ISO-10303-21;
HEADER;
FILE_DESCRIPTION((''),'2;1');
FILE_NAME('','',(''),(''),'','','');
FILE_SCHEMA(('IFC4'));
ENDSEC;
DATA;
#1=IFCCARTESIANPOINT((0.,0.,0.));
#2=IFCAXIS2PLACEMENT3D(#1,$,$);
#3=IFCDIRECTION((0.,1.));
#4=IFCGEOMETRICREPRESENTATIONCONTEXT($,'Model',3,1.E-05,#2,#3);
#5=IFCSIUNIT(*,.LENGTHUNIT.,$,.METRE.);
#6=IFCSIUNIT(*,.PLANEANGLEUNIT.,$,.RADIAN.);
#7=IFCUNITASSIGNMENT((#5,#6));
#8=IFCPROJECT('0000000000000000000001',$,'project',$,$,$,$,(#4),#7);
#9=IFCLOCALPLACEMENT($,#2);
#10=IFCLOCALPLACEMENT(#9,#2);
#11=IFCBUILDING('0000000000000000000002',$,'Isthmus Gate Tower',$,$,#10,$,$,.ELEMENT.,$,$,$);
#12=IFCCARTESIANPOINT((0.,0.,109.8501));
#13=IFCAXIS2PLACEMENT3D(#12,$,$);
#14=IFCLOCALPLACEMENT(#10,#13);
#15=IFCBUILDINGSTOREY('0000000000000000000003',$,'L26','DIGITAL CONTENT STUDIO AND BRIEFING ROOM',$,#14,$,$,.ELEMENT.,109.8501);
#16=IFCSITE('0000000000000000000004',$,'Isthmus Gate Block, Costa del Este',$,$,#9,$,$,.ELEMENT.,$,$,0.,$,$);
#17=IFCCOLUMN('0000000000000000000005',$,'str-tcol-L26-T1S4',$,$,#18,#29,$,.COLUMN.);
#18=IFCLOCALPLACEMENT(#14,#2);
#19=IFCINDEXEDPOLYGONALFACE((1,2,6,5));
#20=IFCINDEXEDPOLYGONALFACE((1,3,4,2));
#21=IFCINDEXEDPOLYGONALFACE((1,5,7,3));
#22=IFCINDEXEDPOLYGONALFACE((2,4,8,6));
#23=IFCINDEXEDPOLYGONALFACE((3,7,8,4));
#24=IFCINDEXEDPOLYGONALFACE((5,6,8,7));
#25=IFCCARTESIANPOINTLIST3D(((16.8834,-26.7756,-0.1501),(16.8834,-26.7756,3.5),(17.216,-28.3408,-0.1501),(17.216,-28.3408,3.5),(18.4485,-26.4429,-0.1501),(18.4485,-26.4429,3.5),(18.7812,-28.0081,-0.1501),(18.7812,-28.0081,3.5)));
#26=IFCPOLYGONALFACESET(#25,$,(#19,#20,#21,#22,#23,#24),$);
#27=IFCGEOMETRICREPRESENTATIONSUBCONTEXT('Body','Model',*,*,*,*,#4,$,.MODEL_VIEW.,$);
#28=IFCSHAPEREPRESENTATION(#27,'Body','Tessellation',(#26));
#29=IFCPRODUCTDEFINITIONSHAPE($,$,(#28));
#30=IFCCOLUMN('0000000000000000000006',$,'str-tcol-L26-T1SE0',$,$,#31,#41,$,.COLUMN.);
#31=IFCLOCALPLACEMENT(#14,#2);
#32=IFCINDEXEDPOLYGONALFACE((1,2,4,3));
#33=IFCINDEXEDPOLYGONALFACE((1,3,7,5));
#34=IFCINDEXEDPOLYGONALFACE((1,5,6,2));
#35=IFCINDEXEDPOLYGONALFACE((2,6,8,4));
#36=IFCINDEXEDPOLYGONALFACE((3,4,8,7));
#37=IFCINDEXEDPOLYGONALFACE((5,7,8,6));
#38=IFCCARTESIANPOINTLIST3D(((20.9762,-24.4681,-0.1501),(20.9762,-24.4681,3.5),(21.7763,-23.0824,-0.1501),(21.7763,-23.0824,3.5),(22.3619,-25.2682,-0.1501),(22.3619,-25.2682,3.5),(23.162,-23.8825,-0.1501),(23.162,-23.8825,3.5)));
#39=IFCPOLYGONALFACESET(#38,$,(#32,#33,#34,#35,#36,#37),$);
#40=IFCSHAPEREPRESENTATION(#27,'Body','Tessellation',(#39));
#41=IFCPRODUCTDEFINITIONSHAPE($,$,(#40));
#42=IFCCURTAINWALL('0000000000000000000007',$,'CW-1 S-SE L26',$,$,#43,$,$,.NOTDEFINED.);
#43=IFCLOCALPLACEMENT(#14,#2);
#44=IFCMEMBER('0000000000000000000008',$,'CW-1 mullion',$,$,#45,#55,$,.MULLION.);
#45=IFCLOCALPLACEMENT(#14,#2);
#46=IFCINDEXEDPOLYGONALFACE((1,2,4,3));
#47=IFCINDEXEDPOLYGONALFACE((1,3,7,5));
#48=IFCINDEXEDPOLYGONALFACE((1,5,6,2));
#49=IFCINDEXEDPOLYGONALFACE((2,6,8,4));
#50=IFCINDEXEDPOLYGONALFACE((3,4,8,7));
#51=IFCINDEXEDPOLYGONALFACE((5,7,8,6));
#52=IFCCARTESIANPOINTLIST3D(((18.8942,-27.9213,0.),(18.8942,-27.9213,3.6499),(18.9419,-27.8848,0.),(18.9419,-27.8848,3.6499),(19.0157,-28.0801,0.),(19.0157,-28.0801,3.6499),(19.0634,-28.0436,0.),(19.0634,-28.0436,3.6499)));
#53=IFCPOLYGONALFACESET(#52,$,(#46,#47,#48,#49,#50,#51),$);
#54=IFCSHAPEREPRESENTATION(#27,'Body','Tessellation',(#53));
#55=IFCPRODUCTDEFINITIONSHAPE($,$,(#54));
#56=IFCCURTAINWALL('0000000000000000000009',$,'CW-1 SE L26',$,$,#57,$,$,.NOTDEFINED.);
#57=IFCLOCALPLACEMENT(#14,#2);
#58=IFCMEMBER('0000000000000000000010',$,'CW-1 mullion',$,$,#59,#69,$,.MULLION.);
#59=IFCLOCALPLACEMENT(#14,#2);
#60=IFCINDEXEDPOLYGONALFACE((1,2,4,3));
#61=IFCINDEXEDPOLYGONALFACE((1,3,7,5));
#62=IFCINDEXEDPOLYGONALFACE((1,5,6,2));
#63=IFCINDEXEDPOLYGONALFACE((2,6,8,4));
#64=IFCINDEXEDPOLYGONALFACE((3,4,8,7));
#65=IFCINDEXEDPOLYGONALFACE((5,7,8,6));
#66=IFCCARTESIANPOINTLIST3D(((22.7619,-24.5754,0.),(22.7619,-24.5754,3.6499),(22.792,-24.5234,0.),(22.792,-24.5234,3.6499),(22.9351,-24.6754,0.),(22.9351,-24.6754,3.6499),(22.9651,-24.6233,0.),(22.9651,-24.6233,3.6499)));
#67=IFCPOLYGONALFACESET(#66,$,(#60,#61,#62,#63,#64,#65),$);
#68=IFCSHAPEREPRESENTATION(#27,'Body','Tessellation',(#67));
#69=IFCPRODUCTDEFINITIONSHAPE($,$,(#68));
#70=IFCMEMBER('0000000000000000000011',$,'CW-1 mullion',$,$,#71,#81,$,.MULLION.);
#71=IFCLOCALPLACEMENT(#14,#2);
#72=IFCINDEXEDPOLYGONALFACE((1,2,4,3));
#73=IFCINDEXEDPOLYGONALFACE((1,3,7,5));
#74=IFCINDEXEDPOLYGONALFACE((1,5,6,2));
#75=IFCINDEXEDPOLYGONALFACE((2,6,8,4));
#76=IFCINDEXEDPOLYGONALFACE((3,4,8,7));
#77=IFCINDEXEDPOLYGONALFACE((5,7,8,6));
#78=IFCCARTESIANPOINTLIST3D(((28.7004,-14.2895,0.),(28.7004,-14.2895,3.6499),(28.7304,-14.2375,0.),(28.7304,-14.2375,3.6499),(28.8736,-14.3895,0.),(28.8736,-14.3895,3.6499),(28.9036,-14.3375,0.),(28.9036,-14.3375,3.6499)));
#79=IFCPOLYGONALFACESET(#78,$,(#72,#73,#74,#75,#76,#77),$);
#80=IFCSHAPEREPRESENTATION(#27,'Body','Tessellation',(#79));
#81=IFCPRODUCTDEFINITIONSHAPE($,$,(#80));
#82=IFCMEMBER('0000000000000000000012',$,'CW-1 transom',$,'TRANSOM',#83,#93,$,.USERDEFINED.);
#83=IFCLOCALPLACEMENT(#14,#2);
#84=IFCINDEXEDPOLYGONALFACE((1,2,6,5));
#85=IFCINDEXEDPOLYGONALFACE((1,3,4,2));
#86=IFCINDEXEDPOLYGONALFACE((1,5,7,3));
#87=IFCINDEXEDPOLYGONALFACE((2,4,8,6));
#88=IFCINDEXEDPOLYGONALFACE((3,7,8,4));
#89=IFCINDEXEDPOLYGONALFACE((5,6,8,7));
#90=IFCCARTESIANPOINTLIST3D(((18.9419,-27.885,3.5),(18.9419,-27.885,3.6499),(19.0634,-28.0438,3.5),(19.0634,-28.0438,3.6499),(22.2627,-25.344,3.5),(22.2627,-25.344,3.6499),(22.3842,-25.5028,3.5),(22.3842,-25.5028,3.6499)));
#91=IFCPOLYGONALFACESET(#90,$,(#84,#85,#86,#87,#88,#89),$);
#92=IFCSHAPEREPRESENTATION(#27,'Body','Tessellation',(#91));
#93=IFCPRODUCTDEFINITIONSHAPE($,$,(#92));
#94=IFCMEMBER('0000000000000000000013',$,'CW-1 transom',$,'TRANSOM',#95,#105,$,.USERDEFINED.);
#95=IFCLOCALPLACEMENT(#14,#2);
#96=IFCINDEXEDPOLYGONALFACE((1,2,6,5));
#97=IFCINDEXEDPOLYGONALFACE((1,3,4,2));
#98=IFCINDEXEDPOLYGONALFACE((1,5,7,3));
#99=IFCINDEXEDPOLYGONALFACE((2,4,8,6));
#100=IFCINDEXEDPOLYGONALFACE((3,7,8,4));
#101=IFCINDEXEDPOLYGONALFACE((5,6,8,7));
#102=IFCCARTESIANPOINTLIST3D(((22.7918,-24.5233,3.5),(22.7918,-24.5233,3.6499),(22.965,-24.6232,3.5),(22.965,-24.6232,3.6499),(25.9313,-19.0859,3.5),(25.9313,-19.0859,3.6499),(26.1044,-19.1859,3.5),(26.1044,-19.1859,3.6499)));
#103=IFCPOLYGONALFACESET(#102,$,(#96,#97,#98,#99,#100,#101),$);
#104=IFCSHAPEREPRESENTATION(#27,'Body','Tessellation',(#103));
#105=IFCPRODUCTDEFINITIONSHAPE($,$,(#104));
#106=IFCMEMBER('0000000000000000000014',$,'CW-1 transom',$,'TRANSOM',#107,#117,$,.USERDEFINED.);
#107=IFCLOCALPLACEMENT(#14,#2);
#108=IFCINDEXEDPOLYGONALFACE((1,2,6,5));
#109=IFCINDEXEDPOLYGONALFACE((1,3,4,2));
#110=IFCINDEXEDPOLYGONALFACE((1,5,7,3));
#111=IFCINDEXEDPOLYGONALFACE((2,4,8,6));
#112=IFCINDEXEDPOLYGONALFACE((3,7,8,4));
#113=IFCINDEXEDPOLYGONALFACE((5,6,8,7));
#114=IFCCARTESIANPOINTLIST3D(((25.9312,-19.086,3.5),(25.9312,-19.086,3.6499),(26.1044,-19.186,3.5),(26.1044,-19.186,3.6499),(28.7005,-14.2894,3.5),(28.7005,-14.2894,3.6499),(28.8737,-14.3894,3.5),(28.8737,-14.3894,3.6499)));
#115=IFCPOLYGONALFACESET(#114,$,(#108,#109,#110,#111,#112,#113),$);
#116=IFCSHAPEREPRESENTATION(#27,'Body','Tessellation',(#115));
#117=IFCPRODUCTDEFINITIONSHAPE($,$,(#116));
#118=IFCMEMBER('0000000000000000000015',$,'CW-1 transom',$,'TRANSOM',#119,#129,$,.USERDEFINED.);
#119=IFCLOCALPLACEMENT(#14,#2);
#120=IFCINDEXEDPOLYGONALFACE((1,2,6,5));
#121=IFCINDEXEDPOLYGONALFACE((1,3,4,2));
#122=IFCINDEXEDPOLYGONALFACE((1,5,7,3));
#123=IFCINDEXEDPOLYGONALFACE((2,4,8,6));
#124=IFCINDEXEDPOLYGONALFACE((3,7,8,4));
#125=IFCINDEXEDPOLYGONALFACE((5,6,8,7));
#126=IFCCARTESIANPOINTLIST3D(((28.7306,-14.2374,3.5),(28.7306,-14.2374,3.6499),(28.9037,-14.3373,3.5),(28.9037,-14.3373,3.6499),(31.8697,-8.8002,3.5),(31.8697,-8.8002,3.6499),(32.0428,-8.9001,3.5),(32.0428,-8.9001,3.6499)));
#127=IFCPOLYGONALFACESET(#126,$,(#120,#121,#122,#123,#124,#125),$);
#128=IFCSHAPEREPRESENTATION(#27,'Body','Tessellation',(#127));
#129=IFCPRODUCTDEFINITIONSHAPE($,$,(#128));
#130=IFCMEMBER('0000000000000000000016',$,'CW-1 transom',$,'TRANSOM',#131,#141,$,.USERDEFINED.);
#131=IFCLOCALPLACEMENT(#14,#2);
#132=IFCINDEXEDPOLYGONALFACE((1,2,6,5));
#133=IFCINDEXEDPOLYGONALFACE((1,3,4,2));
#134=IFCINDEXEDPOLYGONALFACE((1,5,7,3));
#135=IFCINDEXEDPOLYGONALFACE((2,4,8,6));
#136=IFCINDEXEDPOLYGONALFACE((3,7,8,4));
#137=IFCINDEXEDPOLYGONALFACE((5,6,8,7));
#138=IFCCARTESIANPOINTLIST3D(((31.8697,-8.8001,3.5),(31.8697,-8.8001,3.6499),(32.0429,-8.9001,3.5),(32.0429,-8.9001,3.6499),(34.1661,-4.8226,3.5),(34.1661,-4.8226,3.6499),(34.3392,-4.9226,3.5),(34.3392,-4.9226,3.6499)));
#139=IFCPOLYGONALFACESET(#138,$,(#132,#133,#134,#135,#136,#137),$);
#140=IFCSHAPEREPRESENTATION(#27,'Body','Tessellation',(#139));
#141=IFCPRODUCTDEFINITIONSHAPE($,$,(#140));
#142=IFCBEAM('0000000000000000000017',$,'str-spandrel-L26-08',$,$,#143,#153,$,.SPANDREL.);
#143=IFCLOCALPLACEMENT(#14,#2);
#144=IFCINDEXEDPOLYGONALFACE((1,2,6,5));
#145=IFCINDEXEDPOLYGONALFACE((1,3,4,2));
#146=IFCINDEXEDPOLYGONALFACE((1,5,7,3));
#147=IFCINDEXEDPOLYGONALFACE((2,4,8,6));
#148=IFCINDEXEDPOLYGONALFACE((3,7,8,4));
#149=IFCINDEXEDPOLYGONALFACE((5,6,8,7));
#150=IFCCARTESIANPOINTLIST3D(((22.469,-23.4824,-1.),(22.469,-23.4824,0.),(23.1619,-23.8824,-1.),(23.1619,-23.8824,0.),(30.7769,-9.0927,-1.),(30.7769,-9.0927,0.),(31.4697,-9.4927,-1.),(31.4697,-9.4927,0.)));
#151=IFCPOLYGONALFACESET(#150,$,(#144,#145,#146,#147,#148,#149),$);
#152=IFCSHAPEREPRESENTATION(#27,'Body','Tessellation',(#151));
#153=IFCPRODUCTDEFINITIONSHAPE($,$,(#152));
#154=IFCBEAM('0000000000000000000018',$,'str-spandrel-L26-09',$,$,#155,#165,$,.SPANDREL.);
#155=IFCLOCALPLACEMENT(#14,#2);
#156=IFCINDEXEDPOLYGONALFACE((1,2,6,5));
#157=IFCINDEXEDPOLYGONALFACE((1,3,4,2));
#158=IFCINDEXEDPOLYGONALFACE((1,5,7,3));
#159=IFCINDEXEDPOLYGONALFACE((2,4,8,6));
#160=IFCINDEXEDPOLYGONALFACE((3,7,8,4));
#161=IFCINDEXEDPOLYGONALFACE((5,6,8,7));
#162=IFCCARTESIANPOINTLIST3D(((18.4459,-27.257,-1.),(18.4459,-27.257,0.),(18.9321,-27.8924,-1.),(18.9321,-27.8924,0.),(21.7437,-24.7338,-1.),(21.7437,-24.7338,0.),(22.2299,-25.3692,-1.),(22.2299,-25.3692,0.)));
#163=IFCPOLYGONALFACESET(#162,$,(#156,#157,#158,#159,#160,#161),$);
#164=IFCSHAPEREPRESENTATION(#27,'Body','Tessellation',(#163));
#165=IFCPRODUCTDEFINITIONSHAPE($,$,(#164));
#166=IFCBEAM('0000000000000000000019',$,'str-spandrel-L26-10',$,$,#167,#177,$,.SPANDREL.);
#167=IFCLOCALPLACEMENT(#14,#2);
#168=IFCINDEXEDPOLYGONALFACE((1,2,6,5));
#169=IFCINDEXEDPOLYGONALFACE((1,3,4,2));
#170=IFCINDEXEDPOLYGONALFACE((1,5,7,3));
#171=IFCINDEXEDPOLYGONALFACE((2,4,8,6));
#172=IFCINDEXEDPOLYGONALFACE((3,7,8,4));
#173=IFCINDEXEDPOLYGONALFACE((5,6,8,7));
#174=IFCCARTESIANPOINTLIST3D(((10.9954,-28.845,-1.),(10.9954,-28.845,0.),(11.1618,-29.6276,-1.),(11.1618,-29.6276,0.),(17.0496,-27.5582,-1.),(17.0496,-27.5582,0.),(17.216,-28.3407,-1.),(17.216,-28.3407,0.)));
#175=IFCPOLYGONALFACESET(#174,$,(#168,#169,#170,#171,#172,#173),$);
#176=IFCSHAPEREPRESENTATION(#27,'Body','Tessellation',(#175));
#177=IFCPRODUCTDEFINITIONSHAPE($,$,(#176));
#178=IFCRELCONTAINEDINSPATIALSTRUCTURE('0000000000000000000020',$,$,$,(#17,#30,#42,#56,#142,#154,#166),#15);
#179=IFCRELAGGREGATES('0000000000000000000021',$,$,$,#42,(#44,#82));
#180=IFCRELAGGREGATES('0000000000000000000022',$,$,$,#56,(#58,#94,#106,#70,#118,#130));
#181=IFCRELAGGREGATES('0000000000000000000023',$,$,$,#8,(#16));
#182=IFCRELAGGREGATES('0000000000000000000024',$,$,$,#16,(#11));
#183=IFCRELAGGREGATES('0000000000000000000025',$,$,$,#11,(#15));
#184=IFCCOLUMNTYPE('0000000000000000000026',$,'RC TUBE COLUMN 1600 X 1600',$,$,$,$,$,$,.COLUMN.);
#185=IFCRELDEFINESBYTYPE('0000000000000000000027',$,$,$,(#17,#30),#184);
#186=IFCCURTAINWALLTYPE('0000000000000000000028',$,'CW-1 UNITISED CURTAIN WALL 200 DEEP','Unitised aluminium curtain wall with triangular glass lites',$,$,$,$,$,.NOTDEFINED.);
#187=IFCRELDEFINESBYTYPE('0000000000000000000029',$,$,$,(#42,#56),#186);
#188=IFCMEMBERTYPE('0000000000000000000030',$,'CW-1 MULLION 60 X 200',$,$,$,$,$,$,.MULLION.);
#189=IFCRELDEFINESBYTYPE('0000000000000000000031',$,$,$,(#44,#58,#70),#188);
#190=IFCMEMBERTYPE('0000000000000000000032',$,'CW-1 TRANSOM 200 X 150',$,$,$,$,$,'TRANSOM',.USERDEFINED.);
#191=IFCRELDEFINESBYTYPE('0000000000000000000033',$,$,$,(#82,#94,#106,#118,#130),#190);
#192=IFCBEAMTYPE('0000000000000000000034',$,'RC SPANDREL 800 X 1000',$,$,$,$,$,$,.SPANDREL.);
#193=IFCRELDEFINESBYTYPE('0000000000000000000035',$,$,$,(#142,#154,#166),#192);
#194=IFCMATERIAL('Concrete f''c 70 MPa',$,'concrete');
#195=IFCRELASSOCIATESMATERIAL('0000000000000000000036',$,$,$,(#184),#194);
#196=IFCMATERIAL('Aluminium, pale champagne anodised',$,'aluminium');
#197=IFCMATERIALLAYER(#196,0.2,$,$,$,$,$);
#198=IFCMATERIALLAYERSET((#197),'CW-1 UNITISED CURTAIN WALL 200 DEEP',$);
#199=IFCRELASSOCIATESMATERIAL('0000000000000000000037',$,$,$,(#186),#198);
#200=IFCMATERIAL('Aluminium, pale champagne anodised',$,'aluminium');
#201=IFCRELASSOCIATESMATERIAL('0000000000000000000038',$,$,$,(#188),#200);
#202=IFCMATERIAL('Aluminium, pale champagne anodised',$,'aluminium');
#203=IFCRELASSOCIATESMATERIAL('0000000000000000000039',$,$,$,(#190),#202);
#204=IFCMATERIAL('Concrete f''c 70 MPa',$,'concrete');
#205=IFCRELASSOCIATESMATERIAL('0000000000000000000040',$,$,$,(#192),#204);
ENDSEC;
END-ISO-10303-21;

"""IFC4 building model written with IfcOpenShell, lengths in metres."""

from ifc_helpers import new_model, si_unit, direction, frame, origin, origin_2d, place, context, subcontext, project, spatial, rectangle, extrude, material, layer, layer_set, material_profile, profile_set, type_object, element, aggregate, save


model = new_model("IFC4")

# Units and contexts
model_context = context("Model", 3, precision=1e-05, world=origin(), true_north=direction((0.0, 1.0)))
body_context = subcontext(model_context, "Body", "Model", "MODEL_VIEW")
ifc_project = project(units=[si_unit("LENGTHUNIT", "METRE"), si_unit("PLANEANGLEUNIT", "RADIAN")], contexts=[model_context])

# Site, building, storey
site_placement = place(None, origin())
site = spatial("IfcSite", under=ifc_project, at=site_placement, Name="Isthmus Gate Block, Costa del Este", CompositionType="ELEMENT", RefElevation=0.0)
building_placement = place(site_placement, origin())
building = spatial("IfcBuilding", under=site, at=building_placement, Name="Isthmus Gate Tower", CompositionType="ELEMENT")
storey_placement = place(building_placement, frame((0.0, 0.0, 109.8501)))
storey = spatial("IfcBuildingStorey", under=building, at=storey_placement, Name="L26", Description="DIGITAL CONTENT STUDIO AND BRIEFING ROOM", CompositionType="ELEMENT", Elevation=109.8501)

# Columns
ifc_material_1 = material(Name="Concrete f'c 70 MPa", Category="concrete")
ifc_material_profile_1 = material_profile(ifc_material_1, rectangle(XDim=1.6001, YDim=1.6001, at=origin_2d()), Name="RC 1600X1600")
ifc_profile_set_1 = profile_set([ifc_material_profile_1], Name="Concrete f'c 70 MPa")
column_type = type_object("IfcColumnType", Name="RC TUBE COLUMN 1600 X 1600", PredefinedType="COLUMN", material=ifc_profile_set_1)
for number, where, z_axis, x_axis, name in (
    (1, (17.8323, -27.3918, -0.1501), (0.0, 0.0, 1.0), (0.978148, 0.207912, 0.0), "str-tcol-L26-T1S4"),
    (2, (22.0691, -24.1753, -0.1501), (0.0, 0.0, 1.0), (0.5, 0.866025, 0.0), "str-tcol-L26-T1SE0"),
):
    element("IfcColumn", number, at=place(storey_placement, frame(where, z_axis=z_axis, x_axis=x_axis)), inside=storey, type_object=column_type, Name=name, PredefinedType="COLUMN", context=body_context, shape_type="SweptSolid", body=[
        extrude(rectangle(XDim=1.6001, YDim=1.6001, at=origin_2d()), origin(), (0.0, 0.0, 1.0), 3.6501),
    ])

# Curtain wall, member
ifc_material_2 = material(Name="Aluminium, pale champagne anodised", Category="aluminium")
ifc_layer_1 = layer(ifc_material_2, 0.2)
ifc_layer_set_1 = layer_set([ifc_layer_1], Name="CW-1 UNITISED CURTAIN WALL 200 DEEP")
curtain_wall_type = type_object("IfcCurtainWallType", Name="CW-1 UNITISED CURTAIN WALL 200 DEEP", Description="Unitised aluminium curtain wall with triangular glass lites", PredefinedType="NOTDEFINED", material=ifc_layer_set_1)
curtain_wall_1_placement = place(storey_placement, origin())
curtain_wall_1 = element("IfcCurtainWall", 3, at=curtain_wall_1_placement, inside=storey, type_object=curtain_wall_type, Name="CW-1 S-SE L26", PredefinedType="NOTDEFINED")
ifc_material_3 = material(Name="Aluminium, pale champagne anodised", Category="aluminium")
ifc_material_profile_2 = material_profile(ifc_material_3, rectangle(XDim=0.0601, YDim=0.2, at=origin_2d()), Name="60x200")
ifc_profile_set_2 = profile_set([ifc_material_profile_2], Name="Aluminium, pale champagne anodised")
member_type_1 = type_object("IfcMemberType", Name="CW-1 MULLION 60 X 200", PredefinedType="MULLION", material=ifc_profile_set_2)
member_1_placement = place(storey_placement, frame((18.9788, -27.9824, 0.0), z_axis=(0.0, 0.0, 1.0), x_axis=(0.794189, 0.607671, 0.0)))
member_1 = element("IfcMember", 4, at=member_1_placement, type_object=member_type_1, Name="CW-1 mullion", PredefinedType="MULLION", context=body_context, shape_type="SweptSolid", body=[
    extrude(rectangle(XDim=0.0601, YDim=0.2, at=origin_2d()), origin(), (0.0, 0.0, 1.0), 3.6499),
])

# Curtain wall, members
curtain_wall_2_placement = place(storey_placement, origin())
curtain_wall_2 = element("IfcCurtainWall", 5, at=curtain_wall_2_placement, inside=storey, type_object=curtain_wall_type, Name="CW-1 SE L26", PredefinedType="NOTDEFINED")
member_2_placement = place(storey_placement, frame((22.8635, -24.5994, 0.0), z_axis=(0.0, 0.0, 1.0), x_axis=(0.5, 0.866025, 0.0)))
member_2 = element("IfcMember", 6, at=member_2_placement, type_object=member_type_1, Name="CW-1 mullion", PredefinedType="MULLION", context=body_context, shape_type="SweptSolid", body=[
    extrude(rectangle(XDim=0.0601, YDim=0.2, at=origin_2d()), origin(), (0.0, 0.0, 1.0), 3.6499),
])
member_3_placement = place(storey_placement, frame((28.802, -14.3135, 0.0), z_axis=(0.0, 0.0, 1.0), x_axis=(0.5, 0.866025, 0.0)))
member_3 = element("IfcMember", 7, at=member_3_placement, type_object=member_type_1, Name="CW-1 mullion", PredefinedType="MULLION", context=body_context, shape_type="SweptSolid", body=[
    extrude(rectangle(XDim=0.0601, YDim=0.2, at=origin_2d()), origin(), (0.0, 0.0, 1.0), 3.6499),
])

# Members
ifc_material_4 = material(Name="Aluminium, pale champagne anodised", Category="aluminium")
ifc_material_profile_3 = material_profile(ifc_material_4, rectangle(XDim=0.2, YDim=0.1499, at=origin_2d()), Name="200x150")
ifc_profile_set_3 = profile_set([ifc_material_profile_3], Name="Aluminium, pale champagne anodised")
member_type_2 = type_object("IfcMemberType", Name="CW-1 TRANSOM 200 X 150", ElementType="TRANSOM", PredefinedType="USERDEFINED", material=ifc_profile_set_3)
member_4_placement = place(storey_placement, frame((19.0027, -27.9644, 3.575), z_axis=(0.794175, 0.607688, 0.0), x_axis=(-0.607688, 0.794175, 0.0)))
member_4 = element("IfcMember", 8, at=member_4_placement, type_object=member_type_2, Name="CW-1 transom", ObjectType="TRANSOM", PredefinedType="USERDEFINED", context=body_context, shape_type="SweptSolid", body=[
    extrude(rectangle(XDim=0.2, YDim=0.1499, at=origin_2d()), origin(), (0.0, 0.0, 1.0), 4.1814),
])
member_5_placement = place(storey_placement, frame((22.8784, -24.5732, 3.575), z_axis=(0.500024, 0.866011, 0.0), x_axis=(-0.866011, 0.500024, 0.0)))
member_5 = element("IfcMember", 9, at=member_5_placement, type_object=member_type_2, Name="CW-1 transom", ObjectType="TRANSOM", PredefinedType="USERDEFINED", context=body_context, shape_type="SweptSolid", body=[
    extrude(rectangle(XDim=0.2, YDim=0.1499, at=origin_2d()), origin(), (0.0, 0.0, 1.0), 6.2786),
])
member_6_placement = place(storey_placement, frame((26.0178, -19.136, 3.575), z_axis=(0.499993, 0.866029, 0.0), x_axis=(-0.866029, 0.499993, 0.0)))
member_6 = element("IfcMember", 10, at=member_6_placement, type_object=member_type_2, Name="CW-1 transom", ObjectType="TRANSOM", PredefinedType="USERDEFINED", context=body_context, shape_type="SweptSolid", body=[
    extrude(rectangle(XDim=0.2, YDim=0.1499, at=origin_2d()), origin(), (0.0, 0.0, 1.0), 5.5386),
])
member_7_placement = place(storey_placement, frame((28.8171, -14.2874, 3.575), z_axis=(0.499995, 0.866028, 0.0), x_axis=(-0.866028, 0.499995, 0.0)))
member_7 = element("IfcMember", 11, at=member_7_placement, type_object=member_type_2, Name="CW-1 transom", ObjectType="TRANSOM", PredefinedType="USERDEFINED", context=body_context, shape_type="SweptSolid", body=[
    extrude(rectangle(XDim=0.2, YDim=0.1499, at=origin_2d()), origin(), (0.0, 0.0, 1.0), 6.2783),
])
member_8_placement = place(storey_placement, frame((31.9563, -8.8501, 3.575), z_axis=(0.499992, 0.86603, 0.0), x_axis=(-0.86603, 0.499992, 0.0)))
member_8 = element("IfcMember", 12, at=member_8_placement, type_object=member_type_2, Name="CW-1 transom", ObjectType="TRANSOM", PredefinedType="USERDEFINED", context=body_context, shape_type="SweptSolid", body=[
    extrude(rectangle(XDim=0.2, YDim=0.1499, at=origin_2d()), origin(), (0.0, 0.0, 1.0), 4.5928),
])

# Beams
ifc_material_5 = material(Name="Concrete f'c 70 MPa", Category="concrete")
ifc_material_profile_4 = material_profile(ifc_material_5, rectangle(XDim=0.8, YDim=1.0, at=origin_2d()), Name="RC 800X1000")
ifc_profile_set_4 = profile_set([ifc_material_profile_4], Name="Concrete f'c 70 MPa")
beam_type_1 = type_object("IfcBeamType", Name="RC SPANDREL 800 X 1000", PredefinedType="SPANDREL", material=ifc_profile_set_4)
beam_1_placement = place(storey_placement, frame((31.1233, -9.2927, -0.5), z_axis=(-0.5, -0.866026, 0.0), x_axis=(0.866026, -0.5, 0.0)))
element("IfcBeam", 13, at=beam_1_placement, inside=storey, type_object=beam_type_1, Name="str-spandrel-L26-08", PredefinedType="SPANDREL", context=body_context, shape_type="SweptSolid", body=[
    extrude(rectangle(XDim=0.8, YDim=1.0, at=origin_2d()), origin(), (0.0, 0.0, 1.0), 16.6157),
])
beam_2_placement = place(storey_placement, frame((21.9868, -25.0515, -0.5), z_axis=(-0.794206, -0.607649, 0.0), x_axis=(0.607649, -0.794206, 0.0)))
element("IfcBeam", 14, at=beam_2_placement, inside=storey, type_object=beam_type_1, Name="str-spandrel-L26-09", PredefinedType="SPANDREL", context=body_context, shape_type="SweptSolid", body=[
    extrude(rectangle(XDim=0.8, YDim=1.0, at=origin_2d()), origin(), (0.0, 0.0, 1.0), 4.1523),
])
beam_3_placement = place(storey_placement, frame((17.1328, -27.9495, -0.5), z_axis=(-0.978147, -0.207913, 0.0), x_axis=(0.207913, -0.978147, 0.0)))
element("IfcBeam", 15, at=beam_3_placement, inside=storey, type_object=beam_type_1, Name="str-spandrel-L26-10", PredefinedType="SPANDREL", context=body_context, shape_type="SweptSolid", body=[
    extrude(rectangle(XDim=0.8, YDim=1.0, at=origin_2d()), origin(), (0.0, 0.0, 1.0), 6.1895),
])

aggregate(curtain_wall_1, [member_1, member_4])
aggregate(curtain_wall_2, [member_2, member_5, member_6, member_3, member_7, member_8])

save(model, "model.ifc")
